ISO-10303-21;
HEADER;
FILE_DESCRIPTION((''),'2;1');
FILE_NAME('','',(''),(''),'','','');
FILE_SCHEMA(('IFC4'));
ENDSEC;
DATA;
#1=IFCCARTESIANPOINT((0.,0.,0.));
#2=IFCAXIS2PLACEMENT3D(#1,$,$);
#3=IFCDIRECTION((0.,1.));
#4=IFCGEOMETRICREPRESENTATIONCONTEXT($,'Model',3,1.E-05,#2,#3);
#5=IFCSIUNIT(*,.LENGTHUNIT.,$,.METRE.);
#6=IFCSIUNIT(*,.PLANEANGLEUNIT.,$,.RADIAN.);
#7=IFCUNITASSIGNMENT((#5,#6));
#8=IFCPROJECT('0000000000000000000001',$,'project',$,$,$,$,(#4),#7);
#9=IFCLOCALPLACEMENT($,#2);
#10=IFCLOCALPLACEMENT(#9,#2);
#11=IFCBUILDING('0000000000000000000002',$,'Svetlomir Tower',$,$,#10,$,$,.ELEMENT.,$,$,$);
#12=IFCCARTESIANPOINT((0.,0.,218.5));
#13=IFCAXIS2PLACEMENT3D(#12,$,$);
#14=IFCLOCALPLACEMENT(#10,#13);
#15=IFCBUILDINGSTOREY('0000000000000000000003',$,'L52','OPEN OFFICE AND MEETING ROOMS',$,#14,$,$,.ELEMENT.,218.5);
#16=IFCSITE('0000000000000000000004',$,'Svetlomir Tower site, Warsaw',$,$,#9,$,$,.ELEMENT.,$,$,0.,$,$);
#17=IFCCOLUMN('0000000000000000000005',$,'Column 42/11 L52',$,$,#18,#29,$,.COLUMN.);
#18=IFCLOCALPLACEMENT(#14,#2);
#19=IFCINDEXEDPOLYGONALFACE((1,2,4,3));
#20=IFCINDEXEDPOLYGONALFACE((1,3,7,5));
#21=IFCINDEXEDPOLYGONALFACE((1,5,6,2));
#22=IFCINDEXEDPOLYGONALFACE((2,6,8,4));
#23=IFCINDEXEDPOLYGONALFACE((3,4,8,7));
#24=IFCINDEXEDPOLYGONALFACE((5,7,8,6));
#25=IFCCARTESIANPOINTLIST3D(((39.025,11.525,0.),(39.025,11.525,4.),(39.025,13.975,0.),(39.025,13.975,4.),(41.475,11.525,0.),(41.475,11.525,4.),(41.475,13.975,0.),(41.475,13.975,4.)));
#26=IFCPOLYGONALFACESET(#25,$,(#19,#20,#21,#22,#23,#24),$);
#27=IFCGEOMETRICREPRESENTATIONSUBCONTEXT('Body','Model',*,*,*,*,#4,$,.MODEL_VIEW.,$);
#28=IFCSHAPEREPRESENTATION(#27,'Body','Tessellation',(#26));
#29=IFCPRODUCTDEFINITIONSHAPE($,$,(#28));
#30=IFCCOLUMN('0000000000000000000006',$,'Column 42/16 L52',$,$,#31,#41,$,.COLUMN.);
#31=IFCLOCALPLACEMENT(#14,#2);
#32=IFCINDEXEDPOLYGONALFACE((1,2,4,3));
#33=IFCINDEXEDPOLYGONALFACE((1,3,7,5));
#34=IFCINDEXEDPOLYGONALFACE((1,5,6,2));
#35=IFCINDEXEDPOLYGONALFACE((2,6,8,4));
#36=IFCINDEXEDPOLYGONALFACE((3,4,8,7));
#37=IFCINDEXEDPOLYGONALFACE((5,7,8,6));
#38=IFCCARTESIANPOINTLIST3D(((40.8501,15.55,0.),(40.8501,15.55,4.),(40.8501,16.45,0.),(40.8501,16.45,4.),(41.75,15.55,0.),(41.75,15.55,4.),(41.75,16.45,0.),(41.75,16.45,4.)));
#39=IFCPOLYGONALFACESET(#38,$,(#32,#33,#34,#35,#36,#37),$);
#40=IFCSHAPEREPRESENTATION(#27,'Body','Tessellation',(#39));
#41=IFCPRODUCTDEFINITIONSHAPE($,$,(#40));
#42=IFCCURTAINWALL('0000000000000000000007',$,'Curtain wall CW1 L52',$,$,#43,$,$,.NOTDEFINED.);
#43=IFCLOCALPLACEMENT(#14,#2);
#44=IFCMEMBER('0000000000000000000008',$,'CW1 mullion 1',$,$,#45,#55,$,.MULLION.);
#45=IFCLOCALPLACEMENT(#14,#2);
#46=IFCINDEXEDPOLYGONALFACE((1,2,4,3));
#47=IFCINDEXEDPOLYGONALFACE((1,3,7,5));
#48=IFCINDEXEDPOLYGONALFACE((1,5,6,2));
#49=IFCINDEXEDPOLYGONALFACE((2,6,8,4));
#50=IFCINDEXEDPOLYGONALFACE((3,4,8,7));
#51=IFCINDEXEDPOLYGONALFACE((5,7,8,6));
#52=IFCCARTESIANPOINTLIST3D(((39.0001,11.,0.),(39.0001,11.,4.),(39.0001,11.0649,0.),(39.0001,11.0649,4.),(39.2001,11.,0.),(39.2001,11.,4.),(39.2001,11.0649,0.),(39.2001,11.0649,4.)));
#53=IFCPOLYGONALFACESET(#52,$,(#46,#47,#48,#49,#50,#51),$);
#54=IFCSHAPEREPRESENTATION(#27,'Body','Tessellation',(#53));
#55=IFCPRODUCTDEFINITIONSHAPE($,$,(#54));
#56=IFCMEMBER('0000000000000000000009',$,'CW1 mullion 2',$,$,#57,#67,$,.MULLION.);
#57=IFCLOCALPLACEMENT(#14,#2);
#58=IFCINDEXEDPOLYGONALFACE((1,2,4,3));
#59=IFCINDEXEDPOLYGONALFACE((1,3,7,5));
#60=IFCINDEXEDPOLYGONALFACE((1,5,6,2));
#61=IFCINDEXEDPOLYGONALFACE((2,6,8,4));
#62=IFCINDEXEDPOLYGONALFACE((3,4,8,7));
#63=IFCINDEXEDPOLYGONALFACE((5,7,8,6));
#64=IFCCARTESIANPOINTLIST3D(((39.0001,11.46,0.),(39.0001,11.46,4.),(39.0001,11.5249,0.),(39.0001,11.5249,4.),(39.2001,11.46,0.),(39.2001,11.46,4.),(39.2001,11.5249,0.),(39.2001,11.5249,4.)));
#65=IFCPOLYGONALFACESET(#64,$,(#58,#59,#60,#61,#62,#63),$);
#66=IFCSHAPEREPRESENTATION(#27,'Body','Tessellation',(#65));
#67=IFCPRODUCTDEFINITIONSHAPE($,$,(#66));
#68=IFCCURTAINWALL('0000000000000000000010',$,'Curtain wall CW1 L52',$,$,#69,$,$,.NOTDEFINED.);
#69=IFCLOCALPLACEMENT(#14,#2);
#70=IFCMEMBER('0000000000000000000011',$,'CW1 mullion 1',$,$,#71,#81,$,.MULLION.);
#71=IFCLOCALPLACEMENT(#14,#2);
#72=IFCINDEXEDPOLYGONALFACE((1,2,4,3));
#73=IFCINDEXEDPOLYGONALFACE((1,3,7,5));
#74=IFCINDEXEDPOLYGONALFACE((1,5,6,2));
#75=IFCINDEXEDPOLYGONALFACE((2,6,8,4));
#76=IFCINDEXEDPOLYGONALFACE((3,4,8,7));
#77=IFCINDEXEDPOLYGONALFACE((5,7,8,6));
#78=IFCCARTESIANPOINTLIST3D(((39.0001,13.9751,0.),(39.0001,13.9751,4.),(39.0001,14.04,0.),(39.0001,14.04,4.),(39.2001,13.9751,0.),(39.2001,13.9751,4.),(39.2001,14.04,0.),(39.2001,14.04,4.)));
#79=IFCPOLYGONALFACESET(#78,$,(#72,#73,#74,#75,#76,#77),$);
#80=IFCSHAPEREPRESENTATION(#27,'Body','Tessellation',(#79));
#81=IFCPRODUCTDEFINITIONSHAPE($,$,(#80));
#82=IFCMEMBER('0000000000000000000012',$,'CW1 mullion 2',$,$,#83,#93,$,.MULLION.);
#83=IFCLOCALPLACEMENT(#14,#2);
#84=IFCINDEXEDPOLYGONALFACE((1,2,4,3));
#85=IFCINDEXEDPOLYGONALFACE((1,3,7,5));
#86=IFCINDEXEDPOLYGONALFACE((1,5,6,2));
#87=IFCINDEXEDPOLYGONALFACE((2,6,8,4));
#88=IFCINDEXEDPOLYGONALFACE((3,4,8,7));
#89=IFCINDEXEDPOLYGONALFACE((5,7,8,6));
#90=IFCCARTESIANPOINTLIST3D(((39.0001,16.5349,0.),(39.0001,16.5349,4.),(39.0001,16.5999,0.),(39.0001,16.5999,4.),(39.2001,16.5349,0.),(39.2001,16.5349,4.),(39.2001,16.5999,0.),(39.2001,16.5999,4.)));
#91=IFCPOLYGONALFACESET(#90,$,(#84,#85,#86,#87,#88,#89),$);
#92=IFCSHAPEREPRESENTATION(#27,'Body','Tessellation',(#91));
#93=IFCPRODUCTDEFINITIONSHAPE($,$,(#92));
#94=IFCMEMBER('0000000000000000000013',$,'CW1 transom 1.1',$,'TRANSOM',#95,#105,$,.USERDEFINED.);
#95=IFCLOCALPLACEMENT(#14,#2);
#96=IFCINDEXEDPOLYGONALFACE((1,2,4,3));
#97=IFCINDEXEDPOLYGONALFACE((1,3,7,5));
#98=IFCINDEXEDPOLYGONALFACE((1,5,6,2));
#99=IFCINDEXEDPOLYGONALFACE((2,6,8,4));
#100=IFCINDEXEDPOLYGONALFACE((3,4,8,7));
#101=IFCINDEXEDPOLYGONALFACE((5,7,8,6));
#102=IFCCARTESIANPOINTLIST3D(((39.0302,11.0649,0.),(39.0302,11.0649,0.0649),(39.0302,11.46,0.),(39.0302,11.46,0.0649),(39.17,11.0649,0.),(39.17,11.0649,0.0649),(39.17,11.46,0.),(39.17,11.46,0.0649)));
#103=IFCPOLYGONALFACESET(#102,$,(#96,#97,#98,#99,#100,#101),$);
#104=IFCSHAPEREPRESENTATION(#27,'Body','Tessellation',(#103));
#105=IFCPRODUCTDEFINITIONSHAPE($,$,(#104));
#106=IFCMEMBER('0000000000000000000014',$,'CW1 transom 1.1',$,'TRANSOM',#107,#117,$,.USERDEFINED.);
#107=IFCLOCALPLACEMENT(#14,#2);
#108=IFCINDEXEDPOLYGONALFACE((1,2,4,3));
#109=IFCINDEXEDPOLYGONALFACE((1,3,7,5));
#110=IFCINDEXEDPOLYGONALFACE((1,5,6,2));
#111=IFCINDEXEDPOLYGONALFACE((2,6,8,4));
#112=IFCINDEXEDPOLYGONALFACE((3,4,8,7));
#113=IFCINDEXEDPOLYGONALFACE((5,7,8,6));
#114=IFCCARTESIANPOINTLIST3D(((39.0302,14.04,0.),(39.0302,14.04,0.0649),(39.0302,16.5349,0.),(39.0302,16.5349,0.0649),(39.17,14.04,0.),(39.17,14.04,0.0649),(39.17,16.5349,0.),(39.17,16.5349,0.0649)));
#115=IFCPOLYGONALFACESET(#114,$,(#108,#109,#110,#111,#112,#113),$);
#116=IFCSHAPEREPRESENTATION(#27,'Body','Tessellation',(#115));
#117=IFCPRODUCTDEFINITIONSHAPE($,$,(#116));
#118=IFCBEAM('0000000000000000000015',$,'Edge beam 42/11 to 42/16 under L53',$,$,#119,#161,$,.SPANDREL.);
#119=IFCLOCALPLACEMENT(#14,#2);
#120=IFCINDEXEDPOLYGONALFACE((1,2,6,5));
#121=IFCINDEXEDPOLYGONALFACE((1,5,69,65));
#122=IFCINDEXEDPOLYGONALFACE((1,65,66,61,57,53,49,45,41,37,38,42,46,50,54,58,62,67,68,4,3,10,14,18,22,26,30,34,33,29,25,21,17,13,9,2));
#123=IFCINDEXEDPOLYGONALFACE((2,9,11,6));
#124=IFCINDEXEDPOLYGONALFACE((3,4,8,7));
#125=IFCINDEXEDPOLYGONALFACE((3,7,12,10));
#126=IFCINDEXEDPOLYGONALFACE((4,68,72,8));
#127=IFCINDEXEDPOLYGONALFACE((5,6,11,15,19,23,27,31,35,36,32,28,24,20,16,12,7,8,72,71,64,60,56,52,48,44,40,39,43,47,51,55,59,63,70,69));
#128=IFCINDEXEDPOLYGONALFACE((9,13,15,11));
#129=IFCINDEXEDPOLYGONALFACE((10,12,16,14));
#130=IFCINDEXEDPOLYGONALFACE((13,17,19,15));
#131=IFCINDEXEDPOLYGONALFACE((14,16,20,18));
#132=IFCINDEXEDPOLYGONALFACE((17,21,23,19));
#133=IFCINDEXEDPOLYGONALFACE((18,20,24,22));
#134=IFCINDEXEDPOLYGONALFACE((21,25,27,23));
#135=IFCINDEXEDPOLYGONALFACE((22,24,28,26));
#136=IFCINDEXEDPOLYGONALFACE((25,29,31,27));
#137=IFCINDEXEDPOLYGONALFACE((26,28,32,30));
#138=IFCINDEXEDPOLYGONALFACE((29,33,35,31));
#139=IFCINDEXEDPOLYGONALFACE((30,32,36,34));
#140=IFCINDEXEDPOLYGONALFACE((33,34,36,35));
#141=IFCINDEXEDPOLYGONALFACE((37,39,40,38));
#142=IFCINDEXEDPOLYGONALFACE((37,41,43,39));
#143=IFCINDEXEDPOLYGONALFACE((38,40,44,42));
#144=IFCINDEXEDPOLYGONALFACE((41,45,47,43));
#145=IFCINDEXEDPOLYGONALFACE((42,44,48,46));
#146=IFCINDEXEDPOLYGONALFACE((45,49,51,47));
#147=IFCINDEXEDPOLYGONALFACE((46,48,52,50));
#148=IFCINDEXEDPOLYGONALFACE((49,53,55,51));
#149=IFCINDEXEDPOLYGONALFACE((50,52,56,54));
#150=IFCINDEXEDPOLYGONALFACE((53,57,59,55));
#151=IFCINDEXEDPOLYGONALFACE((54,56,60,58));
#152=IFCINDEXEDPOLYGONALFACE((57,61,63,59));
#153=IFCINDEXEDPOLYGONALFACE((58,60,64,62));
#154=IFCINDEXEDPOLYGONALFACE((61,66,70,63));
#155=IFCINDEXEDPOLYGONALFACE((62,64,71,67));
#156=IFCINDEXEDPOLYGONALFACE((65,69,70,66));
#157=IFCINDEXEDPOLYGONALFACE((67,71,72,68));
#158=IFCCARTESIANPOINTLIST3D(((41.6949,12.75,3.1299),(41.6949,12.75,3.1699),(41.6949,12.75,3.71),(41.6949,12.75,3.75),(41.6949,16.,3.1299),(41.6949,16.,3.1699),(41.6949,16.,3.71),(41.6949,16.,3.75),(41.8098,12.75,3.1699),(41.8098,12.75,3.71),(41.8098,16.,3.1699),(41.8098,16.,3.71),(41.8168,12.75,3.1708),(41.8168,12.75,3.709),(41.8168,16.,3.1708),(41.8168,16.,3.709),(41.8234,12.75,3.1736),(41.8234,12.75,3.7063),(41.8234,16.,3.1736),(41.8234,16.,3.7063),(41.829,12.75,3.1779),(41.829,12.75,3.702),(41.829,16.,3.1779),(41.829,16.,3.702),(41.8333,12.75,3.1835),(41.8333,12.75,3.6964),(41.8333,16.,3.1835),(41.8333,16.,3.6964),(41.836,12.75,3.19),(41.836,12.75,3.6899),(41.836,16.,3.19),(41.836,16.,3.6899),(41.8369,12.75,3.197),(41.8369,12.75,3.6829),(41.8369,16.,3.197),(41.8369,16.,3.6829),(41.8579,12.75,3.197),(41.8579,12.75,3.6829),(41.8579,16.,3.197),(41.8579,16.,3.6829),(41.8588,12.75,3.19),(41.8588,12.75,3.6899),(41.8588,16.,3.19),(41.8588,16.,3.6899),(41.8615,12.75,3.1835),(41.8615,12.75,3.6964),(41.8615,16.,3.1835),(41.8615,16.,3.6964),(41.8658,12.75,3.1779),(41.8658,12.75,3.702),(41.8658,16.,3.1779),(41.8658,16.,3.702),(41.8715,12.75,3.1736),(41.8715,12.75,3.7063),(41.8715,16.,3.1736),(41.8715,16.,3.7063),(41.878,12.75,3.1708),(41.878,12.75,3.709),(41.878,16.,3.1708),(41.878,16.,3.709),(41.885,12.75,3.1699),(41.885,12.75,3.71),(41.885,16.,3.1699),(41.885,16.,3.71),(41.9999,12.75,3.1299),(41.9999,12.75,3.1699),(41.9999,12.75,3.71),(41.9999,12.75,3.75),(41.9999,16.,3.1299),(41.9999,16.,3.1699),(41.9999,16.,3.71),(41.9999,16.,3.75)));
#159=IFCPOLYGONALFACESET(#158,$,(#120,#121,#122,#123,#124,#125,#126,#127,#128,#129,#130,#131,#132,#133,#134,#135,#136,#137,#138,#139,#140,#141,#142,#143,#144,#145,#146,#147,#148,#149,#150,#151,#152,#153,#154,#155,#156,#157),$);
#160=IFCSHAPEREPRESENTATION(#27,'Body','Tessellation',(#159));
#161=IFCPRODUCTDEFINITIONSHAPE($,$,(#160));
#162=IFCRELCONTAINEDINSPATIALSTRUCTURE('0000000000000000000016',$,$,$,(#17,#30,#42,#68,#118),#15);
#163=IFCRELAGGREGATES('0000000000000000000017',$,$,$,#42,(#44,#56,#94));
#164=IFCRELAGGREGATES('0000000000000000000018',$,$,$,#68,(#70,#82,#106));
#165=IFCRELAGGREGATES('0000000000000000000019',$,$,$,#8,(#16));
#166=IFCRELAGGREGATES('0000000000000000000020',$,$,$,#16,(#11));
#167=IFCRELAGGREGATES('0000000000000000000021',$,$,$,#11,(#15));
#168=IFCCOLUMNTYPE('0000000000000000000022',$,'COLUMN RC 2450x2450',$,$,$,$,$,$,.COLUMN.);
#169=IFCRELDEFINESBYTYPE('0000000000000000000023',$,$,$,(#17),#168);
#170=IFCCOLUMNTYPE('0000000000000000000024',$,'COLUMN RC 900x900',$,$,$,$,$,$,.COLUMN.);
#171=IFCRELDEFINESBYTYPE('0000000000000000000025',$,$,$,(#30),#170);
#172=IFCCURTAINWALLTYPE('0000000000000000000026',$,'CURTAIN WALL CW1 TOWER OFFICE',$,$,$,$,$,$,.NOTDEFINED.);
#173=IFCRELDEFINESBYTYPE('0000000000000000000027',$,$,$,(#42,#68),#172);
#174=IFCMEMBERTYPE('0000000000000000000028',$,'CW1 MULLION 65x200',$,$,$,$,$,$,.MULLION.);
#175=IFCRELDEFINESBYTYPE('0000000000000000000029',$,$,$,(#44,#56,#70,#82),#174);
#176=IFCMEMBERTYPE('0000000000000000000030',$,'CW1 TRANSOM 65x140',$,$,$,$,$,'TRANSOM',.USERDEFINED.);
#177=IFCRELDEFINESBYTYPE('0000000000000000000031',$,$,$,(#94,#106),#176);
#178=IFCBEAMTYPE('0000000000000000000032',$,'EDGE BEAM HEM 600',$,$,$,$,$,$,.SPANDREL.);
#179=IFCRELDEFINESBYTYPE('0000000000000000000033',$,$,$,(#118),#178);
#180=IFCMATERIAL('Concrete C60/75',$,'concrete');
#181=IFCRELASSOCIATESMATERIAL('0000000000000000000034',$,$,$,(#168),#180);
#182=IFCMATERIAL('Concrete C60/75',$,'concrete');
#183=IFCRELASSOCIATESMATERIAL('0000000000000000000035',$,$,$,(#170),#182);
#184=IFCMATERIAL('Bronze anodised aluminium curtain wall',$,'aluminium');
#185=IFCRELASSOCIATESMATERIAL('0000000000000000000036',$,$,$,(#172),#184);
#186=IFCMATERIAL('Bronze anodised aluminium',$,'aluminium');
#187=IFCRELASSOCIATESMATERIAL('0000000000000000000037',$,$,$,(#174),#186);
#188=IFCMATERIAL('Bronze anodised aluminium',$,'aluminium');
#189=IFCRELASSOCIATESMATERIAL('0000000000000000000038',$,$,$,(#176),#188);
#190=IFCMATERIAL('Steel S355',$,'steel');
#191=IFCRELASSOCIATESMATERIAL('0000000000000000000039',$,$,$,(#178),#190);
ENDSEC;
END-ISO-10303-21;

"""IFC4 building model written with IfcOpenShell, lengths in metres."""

from ifc_helpers import new_model, si_unit, direction, frame, origin, origin_2d, place, context, subcontext, project, spatial, rectangle, i_section, extrude, material, material_profile, profile_set, type_object, element, aggregate, save


model = new_model("IFC4")

# Units and contexts
model_context = context("Model", 3, precision=1e-05, world=origin(), true_north=direction((0.0, 1.0)))
body_context = subcontext(model_context, "Body", "Model", "MODEL_VIEW")
ifc_project = project(units=[si_unit("LENGTHUNIT", "METRE"), si_unit("PLANEANGLEUNIT", "RADIAN")], contexts=[model_context])

# Site, building, storey
site_placement = place(None, origin())
site = spatial("IfcSite", under=ifc_project, at=site_placement, Name="Svetlomir Tower site, Warsaw", CompositionType="ELEMENT", RefElevation=0.0)
building_placement = place(site_placement, origin())
building = spatial("IfcBuilding", under=site, at=building_placement, Name="Svetlomir Tower", CompositionType="ELEMENT")
storey_placement = place(building_placement, frame((0.0, 0.0, 218.5)))
storey = spatial("IfcBuildingStorey", under=building, at=storey_placement, Name="L52", Description="OPEN OFFICE AND MEETING ROOMS", CompositionType="ELEMENT", Elevation=218.5)

# Columns
ifc_material_1 = material(Name="Concrete C60/75", Category="concrete")
ifc_material_profile_1 = material_profile(ifc_material_1, rectangle(XDim=2.45, YDim=2.45, at=origin_2d()), Name="RC 2450x2450")
ifc_profile_set_1 = profile_set([ifc_material_profile_1], Name="Concrete C60/75")
column_type_1 = type_object("IfcColumnType", Name="COLUMN RC 2450x2450", PredefinedType="COLUMN", material=ifc_profile_set_1)
column_1_placement = place(storey_placement, frame((40.25, 12.75, 0.0), z_axis=(0.0, 0.0, 1.0), x_axis=(1.0, 0.0, 0.0)))
element("IfcColumn", 1, at=column_1_placement, inside=storey, type_object=column_type_1, Name="Column 42/11 L52", PredefinedType="COLUMN", context=body_context, shape_type="SweptSolid", body=[
    extrude(rectangle(XDim=2.45, YDim=2.45, at=origin_2d()), origin(), (0.0, 0.0, 1.0), 4.0),
])
ifc_material_2 = material(Name="Concrete C60/75", Category="concrete")
ifc_material_profile_2 = material_profile(ifc_material_2, rectangle(XDim=0.8999, YDim=0.8999, at=origin_2d()), Name="RC 900x900")
ifc_profile_set_2 = profile_set([ifc_material_profile_2], Name="Concrete C60/75")
column_type_2 = type_object("IfcColumnType", Name="COLUMN RC 900x900", PredefinedType="COLUMN", material=ifc_profile_set_2)
column_2_placement = place(storey_placement, frame((41.3, 16.0, 0.0), z_axis=(0.0, 0.0, 1.0), x_axis=(1.0, 0.0, 0.0)))
element("IfcColumn", 2, at=column_2_placement, inside=storey, type_object=column_type_2, Name="Column 42/16 L52", PredefinedType="COLUMN", context=body_context, shape_type="SweptSolid", body=[
    extrude(rectangle(XDim=0.8999, YDim=0.8999, at=origin_2d()), origin(), (0.0, 0.0, 1.0), 4.0),
])

# Curtain walls, members
ifc_material_3 = material(Name="Bronze anodised aluminium curtain wall", Category="aluminium")
curtain_wall_type = type_object("IfcCurtainWallType", Name="CURTAIN WALL CW1 TOWER OFFICE", PredefinedType="NOTDEFINED", material=ifc_material_3)
curtain_wall_1_placement = place(storey_placement, origin())
curtain_wall_1 = element("IfcCurtainWall", 3, at=curtain_wall_1_placement, inside=storey, type_object=curtain_wall_type, Name="Curtain wall CW1 L52", PredefinedType="NOTDEFINED")
ifc_material_4 = material(Name="Bronze anodised aluminium", Category="aluminium")
ifc_material_profile_3 = material_profile(ifc_material_4, rectangle(XDim=0.0649, YDim=0.2, at=origin_2d()), Name="AL 65x200")
ifc_profile_set_3 = profile_set([ifc_material_profile_3], Name="Bronze anodised aluminium 6063-T6")
member_type_1 = type_object("IfcMemberType", Name="CW1 MULLION 65x200", PredefinedType="MULLION", material=ifc_profile_set_3)
member_1_placement = place(storey_placement, frame((39.1001, 11.0325, 0.0), z_axis=(0.0, 0.0, 1.0), x_axis=(0.0, 1.0, 0.0)))
member_1 = element("IfcMember", 4, at=member_1_placement, type_object=member_type_1, Name="CW1 mullion 1", PredefinedType="MULLION", context=body_context, shape_type="SweptSolid", body=[
    extrude(rectangle(XDim=0.0649, YDim=0.2, at=origin_2d()), origin(), (0.0, 0.0, 1.0), 4.0),
])
member_2_placement = place(storey_placement, frame((39.1001, 11.4924, 0.0), z_axis=(0.0, 0.0, 1.0), x_axis=(0.0, 1.0, 0.0)))
member_2 = element("IfcMember", 5, at=member_2_placement, type_object=member_type_1, Name="CW1 mullion 2", PredefinedType="MULLION", context=body_context, shape_type="SweptSolid", body=[
    extrude(rectangle(XDim=0.0649, YDim=0.2, at=origin_2d()), origin(), (0.0, 0.0, 1.0), 4.0),
])
curtain_wall_2_placement = place(storey_placement, origin())
curtain_wall_2 = element("IfcCurtainWall", 6, at=curtain_wall_2_placement, inside=storey, type_object=curtain_wall_type, Name="Curtain wall CW1 L52", PredefinedType="NOTDEFINED")
member_3_placement = place(storey_placement, frame((39.1001, 14.0076, 0.0), z_axis=(0.0, 0.0, 1.0), x_axis=(0.0, 1.0, 0.0)))
member_3 = element("IfcMember", 7, at=member_3_placement, type_object=member_type_1, Name="CW1 mullion 1", PredefinedType="MULLION", context=body_context, shape_type="SweptSolid", body=[
    extrude(rectangle(XDim=0.0649, YDim=0.2, at=origin_2d()), origin(), (0.0, 0.0, 1.0), 4.0),
])
member_4_placement = place(storey_placement, frame((39.1001, 16.5674, 0.0), z_axis=(0.0, 0.0, 1.0), x_axis=(0.0, 1.0, 0.0)))
member_4 = element("IfcMember", 8, at=member_4_placement, type_object=member_type_1, Name="CW1 mullion 2", PredefinedType="MULLION", context=body_context, shape_type="SweptSolid", body=[
    extrude(rectangle(XDim=0.0649, YDim=0.2, at=origin_2d()), origin(), (0.0, 0.0, 1.0), 4.0),
])

# Members
ifc_material_5 = material(Name="Bronze anodised aluminium", Category="aluminium")
ifc_material_profile_4 = material_profile(ifc_material_5, rectangle(XDim=0.1399, YDim=0.0649, at=origin_2d()), Name="AL 140x65")
ifc_profile_set_4 = profile_set([ifc_material_profile_4], Name="Bronze anodised aluminium 6063-T6")
member_type_2 = type_object("IfcMemberType", Name="CW1 TRANSOM 65x140", ElementType="TRANSOM", PredefinedType="USERDEFINED", material=ifc_profile_set_4)
member_5_placement = place(storey_placement, frame((39.1001, 11.0649, 0.0325), z_axis=(0.0, 1.0, 0.0), x_axis=(-1.0, 0.0, 0.0)))
member_5 = element("IfcMember", 9, at=member_5_placement, type_object=member_type_2, Name="CW1 transom 1.1", ObjectType="TRANSOM", PredefinedType="USERDEFINED", context=body_context, shape_type="SweptSolid", body=[
    extrude(rectangle(XDim=0.1399, YDim=0.0649, at=origin_2d()), origin(), (0.0, 0.0, 1.0), 0.395),
])
member_6_placement = place(storey_placement, frame((39.1001, 14.04, 0.0325), z_axis=(0.0, 1.0, 0.0), x_axis=(-1.0, 0.0, 0.0)))
member_6 = element("IfcMember", 10, at=member_6_placement, type_object=member_type_2, Name="CW1 transom 1.1", ObjectType="TRANSOM", PredefinedType="USERDEFINED", context=body_context, shape_type="SweptSolid", body=[
    extrude(rectangle(XDim=0.1399, YDim=0.0649, at=origin_2d()), origin(), (0.0, 0.0, 1.0), 2.4949),
])

# Beam
ifc_material_6 = material(Name="Steel S355", Category="steel")
ifc_material_profile_5 = material_profile(ifc_material_6, i_section(OverallWidth=0.3049, OverallDepth=0.6201, WebThickness=0.021, FlangeThickness=0.04, FilletRadius=0.0271, at=origin_2d()), Name="HEM 600")
ifc_profile_set_5 = profile_set([ifc_material_profile_5], Name="Steel S355")
beam_type_1 = type_object("IfcBeamType", Name="EDGE BEAM HEM 600", PredefinedType="SPANDREL", material=ifc_profile_set_5)
beam_1_placement = place(storey_placement, frame((41.8474, 12.75, 3.4399), z_axis=(0.0, 1.0, 0.0), x_axis=(-1.0, 0.0, 0.0)))
element("IfcBeam", 11, at=beam_1_placement, inside=storey, type_object=beam_type_1, Name="Edge beam 42/11 to 42/16 under L53", PredefinedType="SPANDREL", context=body_context, shape_type="SweptSolid", body=[
    extrude(i_section(OverallWidth=0.3049, OverallDepth=0.6201, WebThickness=0.021, FlangeThickness=0.04, FilletRadius=0.0271, at=origin_2d()), origin(), (0.0, 0.0, 1.0), 3.25),
])

aggregate(curtain_wall_1, [member_1, member_2, member_5])
aggregate(curtain_wall_2, [member_3, member_4, member_6])

save(model, "model.ifc")
